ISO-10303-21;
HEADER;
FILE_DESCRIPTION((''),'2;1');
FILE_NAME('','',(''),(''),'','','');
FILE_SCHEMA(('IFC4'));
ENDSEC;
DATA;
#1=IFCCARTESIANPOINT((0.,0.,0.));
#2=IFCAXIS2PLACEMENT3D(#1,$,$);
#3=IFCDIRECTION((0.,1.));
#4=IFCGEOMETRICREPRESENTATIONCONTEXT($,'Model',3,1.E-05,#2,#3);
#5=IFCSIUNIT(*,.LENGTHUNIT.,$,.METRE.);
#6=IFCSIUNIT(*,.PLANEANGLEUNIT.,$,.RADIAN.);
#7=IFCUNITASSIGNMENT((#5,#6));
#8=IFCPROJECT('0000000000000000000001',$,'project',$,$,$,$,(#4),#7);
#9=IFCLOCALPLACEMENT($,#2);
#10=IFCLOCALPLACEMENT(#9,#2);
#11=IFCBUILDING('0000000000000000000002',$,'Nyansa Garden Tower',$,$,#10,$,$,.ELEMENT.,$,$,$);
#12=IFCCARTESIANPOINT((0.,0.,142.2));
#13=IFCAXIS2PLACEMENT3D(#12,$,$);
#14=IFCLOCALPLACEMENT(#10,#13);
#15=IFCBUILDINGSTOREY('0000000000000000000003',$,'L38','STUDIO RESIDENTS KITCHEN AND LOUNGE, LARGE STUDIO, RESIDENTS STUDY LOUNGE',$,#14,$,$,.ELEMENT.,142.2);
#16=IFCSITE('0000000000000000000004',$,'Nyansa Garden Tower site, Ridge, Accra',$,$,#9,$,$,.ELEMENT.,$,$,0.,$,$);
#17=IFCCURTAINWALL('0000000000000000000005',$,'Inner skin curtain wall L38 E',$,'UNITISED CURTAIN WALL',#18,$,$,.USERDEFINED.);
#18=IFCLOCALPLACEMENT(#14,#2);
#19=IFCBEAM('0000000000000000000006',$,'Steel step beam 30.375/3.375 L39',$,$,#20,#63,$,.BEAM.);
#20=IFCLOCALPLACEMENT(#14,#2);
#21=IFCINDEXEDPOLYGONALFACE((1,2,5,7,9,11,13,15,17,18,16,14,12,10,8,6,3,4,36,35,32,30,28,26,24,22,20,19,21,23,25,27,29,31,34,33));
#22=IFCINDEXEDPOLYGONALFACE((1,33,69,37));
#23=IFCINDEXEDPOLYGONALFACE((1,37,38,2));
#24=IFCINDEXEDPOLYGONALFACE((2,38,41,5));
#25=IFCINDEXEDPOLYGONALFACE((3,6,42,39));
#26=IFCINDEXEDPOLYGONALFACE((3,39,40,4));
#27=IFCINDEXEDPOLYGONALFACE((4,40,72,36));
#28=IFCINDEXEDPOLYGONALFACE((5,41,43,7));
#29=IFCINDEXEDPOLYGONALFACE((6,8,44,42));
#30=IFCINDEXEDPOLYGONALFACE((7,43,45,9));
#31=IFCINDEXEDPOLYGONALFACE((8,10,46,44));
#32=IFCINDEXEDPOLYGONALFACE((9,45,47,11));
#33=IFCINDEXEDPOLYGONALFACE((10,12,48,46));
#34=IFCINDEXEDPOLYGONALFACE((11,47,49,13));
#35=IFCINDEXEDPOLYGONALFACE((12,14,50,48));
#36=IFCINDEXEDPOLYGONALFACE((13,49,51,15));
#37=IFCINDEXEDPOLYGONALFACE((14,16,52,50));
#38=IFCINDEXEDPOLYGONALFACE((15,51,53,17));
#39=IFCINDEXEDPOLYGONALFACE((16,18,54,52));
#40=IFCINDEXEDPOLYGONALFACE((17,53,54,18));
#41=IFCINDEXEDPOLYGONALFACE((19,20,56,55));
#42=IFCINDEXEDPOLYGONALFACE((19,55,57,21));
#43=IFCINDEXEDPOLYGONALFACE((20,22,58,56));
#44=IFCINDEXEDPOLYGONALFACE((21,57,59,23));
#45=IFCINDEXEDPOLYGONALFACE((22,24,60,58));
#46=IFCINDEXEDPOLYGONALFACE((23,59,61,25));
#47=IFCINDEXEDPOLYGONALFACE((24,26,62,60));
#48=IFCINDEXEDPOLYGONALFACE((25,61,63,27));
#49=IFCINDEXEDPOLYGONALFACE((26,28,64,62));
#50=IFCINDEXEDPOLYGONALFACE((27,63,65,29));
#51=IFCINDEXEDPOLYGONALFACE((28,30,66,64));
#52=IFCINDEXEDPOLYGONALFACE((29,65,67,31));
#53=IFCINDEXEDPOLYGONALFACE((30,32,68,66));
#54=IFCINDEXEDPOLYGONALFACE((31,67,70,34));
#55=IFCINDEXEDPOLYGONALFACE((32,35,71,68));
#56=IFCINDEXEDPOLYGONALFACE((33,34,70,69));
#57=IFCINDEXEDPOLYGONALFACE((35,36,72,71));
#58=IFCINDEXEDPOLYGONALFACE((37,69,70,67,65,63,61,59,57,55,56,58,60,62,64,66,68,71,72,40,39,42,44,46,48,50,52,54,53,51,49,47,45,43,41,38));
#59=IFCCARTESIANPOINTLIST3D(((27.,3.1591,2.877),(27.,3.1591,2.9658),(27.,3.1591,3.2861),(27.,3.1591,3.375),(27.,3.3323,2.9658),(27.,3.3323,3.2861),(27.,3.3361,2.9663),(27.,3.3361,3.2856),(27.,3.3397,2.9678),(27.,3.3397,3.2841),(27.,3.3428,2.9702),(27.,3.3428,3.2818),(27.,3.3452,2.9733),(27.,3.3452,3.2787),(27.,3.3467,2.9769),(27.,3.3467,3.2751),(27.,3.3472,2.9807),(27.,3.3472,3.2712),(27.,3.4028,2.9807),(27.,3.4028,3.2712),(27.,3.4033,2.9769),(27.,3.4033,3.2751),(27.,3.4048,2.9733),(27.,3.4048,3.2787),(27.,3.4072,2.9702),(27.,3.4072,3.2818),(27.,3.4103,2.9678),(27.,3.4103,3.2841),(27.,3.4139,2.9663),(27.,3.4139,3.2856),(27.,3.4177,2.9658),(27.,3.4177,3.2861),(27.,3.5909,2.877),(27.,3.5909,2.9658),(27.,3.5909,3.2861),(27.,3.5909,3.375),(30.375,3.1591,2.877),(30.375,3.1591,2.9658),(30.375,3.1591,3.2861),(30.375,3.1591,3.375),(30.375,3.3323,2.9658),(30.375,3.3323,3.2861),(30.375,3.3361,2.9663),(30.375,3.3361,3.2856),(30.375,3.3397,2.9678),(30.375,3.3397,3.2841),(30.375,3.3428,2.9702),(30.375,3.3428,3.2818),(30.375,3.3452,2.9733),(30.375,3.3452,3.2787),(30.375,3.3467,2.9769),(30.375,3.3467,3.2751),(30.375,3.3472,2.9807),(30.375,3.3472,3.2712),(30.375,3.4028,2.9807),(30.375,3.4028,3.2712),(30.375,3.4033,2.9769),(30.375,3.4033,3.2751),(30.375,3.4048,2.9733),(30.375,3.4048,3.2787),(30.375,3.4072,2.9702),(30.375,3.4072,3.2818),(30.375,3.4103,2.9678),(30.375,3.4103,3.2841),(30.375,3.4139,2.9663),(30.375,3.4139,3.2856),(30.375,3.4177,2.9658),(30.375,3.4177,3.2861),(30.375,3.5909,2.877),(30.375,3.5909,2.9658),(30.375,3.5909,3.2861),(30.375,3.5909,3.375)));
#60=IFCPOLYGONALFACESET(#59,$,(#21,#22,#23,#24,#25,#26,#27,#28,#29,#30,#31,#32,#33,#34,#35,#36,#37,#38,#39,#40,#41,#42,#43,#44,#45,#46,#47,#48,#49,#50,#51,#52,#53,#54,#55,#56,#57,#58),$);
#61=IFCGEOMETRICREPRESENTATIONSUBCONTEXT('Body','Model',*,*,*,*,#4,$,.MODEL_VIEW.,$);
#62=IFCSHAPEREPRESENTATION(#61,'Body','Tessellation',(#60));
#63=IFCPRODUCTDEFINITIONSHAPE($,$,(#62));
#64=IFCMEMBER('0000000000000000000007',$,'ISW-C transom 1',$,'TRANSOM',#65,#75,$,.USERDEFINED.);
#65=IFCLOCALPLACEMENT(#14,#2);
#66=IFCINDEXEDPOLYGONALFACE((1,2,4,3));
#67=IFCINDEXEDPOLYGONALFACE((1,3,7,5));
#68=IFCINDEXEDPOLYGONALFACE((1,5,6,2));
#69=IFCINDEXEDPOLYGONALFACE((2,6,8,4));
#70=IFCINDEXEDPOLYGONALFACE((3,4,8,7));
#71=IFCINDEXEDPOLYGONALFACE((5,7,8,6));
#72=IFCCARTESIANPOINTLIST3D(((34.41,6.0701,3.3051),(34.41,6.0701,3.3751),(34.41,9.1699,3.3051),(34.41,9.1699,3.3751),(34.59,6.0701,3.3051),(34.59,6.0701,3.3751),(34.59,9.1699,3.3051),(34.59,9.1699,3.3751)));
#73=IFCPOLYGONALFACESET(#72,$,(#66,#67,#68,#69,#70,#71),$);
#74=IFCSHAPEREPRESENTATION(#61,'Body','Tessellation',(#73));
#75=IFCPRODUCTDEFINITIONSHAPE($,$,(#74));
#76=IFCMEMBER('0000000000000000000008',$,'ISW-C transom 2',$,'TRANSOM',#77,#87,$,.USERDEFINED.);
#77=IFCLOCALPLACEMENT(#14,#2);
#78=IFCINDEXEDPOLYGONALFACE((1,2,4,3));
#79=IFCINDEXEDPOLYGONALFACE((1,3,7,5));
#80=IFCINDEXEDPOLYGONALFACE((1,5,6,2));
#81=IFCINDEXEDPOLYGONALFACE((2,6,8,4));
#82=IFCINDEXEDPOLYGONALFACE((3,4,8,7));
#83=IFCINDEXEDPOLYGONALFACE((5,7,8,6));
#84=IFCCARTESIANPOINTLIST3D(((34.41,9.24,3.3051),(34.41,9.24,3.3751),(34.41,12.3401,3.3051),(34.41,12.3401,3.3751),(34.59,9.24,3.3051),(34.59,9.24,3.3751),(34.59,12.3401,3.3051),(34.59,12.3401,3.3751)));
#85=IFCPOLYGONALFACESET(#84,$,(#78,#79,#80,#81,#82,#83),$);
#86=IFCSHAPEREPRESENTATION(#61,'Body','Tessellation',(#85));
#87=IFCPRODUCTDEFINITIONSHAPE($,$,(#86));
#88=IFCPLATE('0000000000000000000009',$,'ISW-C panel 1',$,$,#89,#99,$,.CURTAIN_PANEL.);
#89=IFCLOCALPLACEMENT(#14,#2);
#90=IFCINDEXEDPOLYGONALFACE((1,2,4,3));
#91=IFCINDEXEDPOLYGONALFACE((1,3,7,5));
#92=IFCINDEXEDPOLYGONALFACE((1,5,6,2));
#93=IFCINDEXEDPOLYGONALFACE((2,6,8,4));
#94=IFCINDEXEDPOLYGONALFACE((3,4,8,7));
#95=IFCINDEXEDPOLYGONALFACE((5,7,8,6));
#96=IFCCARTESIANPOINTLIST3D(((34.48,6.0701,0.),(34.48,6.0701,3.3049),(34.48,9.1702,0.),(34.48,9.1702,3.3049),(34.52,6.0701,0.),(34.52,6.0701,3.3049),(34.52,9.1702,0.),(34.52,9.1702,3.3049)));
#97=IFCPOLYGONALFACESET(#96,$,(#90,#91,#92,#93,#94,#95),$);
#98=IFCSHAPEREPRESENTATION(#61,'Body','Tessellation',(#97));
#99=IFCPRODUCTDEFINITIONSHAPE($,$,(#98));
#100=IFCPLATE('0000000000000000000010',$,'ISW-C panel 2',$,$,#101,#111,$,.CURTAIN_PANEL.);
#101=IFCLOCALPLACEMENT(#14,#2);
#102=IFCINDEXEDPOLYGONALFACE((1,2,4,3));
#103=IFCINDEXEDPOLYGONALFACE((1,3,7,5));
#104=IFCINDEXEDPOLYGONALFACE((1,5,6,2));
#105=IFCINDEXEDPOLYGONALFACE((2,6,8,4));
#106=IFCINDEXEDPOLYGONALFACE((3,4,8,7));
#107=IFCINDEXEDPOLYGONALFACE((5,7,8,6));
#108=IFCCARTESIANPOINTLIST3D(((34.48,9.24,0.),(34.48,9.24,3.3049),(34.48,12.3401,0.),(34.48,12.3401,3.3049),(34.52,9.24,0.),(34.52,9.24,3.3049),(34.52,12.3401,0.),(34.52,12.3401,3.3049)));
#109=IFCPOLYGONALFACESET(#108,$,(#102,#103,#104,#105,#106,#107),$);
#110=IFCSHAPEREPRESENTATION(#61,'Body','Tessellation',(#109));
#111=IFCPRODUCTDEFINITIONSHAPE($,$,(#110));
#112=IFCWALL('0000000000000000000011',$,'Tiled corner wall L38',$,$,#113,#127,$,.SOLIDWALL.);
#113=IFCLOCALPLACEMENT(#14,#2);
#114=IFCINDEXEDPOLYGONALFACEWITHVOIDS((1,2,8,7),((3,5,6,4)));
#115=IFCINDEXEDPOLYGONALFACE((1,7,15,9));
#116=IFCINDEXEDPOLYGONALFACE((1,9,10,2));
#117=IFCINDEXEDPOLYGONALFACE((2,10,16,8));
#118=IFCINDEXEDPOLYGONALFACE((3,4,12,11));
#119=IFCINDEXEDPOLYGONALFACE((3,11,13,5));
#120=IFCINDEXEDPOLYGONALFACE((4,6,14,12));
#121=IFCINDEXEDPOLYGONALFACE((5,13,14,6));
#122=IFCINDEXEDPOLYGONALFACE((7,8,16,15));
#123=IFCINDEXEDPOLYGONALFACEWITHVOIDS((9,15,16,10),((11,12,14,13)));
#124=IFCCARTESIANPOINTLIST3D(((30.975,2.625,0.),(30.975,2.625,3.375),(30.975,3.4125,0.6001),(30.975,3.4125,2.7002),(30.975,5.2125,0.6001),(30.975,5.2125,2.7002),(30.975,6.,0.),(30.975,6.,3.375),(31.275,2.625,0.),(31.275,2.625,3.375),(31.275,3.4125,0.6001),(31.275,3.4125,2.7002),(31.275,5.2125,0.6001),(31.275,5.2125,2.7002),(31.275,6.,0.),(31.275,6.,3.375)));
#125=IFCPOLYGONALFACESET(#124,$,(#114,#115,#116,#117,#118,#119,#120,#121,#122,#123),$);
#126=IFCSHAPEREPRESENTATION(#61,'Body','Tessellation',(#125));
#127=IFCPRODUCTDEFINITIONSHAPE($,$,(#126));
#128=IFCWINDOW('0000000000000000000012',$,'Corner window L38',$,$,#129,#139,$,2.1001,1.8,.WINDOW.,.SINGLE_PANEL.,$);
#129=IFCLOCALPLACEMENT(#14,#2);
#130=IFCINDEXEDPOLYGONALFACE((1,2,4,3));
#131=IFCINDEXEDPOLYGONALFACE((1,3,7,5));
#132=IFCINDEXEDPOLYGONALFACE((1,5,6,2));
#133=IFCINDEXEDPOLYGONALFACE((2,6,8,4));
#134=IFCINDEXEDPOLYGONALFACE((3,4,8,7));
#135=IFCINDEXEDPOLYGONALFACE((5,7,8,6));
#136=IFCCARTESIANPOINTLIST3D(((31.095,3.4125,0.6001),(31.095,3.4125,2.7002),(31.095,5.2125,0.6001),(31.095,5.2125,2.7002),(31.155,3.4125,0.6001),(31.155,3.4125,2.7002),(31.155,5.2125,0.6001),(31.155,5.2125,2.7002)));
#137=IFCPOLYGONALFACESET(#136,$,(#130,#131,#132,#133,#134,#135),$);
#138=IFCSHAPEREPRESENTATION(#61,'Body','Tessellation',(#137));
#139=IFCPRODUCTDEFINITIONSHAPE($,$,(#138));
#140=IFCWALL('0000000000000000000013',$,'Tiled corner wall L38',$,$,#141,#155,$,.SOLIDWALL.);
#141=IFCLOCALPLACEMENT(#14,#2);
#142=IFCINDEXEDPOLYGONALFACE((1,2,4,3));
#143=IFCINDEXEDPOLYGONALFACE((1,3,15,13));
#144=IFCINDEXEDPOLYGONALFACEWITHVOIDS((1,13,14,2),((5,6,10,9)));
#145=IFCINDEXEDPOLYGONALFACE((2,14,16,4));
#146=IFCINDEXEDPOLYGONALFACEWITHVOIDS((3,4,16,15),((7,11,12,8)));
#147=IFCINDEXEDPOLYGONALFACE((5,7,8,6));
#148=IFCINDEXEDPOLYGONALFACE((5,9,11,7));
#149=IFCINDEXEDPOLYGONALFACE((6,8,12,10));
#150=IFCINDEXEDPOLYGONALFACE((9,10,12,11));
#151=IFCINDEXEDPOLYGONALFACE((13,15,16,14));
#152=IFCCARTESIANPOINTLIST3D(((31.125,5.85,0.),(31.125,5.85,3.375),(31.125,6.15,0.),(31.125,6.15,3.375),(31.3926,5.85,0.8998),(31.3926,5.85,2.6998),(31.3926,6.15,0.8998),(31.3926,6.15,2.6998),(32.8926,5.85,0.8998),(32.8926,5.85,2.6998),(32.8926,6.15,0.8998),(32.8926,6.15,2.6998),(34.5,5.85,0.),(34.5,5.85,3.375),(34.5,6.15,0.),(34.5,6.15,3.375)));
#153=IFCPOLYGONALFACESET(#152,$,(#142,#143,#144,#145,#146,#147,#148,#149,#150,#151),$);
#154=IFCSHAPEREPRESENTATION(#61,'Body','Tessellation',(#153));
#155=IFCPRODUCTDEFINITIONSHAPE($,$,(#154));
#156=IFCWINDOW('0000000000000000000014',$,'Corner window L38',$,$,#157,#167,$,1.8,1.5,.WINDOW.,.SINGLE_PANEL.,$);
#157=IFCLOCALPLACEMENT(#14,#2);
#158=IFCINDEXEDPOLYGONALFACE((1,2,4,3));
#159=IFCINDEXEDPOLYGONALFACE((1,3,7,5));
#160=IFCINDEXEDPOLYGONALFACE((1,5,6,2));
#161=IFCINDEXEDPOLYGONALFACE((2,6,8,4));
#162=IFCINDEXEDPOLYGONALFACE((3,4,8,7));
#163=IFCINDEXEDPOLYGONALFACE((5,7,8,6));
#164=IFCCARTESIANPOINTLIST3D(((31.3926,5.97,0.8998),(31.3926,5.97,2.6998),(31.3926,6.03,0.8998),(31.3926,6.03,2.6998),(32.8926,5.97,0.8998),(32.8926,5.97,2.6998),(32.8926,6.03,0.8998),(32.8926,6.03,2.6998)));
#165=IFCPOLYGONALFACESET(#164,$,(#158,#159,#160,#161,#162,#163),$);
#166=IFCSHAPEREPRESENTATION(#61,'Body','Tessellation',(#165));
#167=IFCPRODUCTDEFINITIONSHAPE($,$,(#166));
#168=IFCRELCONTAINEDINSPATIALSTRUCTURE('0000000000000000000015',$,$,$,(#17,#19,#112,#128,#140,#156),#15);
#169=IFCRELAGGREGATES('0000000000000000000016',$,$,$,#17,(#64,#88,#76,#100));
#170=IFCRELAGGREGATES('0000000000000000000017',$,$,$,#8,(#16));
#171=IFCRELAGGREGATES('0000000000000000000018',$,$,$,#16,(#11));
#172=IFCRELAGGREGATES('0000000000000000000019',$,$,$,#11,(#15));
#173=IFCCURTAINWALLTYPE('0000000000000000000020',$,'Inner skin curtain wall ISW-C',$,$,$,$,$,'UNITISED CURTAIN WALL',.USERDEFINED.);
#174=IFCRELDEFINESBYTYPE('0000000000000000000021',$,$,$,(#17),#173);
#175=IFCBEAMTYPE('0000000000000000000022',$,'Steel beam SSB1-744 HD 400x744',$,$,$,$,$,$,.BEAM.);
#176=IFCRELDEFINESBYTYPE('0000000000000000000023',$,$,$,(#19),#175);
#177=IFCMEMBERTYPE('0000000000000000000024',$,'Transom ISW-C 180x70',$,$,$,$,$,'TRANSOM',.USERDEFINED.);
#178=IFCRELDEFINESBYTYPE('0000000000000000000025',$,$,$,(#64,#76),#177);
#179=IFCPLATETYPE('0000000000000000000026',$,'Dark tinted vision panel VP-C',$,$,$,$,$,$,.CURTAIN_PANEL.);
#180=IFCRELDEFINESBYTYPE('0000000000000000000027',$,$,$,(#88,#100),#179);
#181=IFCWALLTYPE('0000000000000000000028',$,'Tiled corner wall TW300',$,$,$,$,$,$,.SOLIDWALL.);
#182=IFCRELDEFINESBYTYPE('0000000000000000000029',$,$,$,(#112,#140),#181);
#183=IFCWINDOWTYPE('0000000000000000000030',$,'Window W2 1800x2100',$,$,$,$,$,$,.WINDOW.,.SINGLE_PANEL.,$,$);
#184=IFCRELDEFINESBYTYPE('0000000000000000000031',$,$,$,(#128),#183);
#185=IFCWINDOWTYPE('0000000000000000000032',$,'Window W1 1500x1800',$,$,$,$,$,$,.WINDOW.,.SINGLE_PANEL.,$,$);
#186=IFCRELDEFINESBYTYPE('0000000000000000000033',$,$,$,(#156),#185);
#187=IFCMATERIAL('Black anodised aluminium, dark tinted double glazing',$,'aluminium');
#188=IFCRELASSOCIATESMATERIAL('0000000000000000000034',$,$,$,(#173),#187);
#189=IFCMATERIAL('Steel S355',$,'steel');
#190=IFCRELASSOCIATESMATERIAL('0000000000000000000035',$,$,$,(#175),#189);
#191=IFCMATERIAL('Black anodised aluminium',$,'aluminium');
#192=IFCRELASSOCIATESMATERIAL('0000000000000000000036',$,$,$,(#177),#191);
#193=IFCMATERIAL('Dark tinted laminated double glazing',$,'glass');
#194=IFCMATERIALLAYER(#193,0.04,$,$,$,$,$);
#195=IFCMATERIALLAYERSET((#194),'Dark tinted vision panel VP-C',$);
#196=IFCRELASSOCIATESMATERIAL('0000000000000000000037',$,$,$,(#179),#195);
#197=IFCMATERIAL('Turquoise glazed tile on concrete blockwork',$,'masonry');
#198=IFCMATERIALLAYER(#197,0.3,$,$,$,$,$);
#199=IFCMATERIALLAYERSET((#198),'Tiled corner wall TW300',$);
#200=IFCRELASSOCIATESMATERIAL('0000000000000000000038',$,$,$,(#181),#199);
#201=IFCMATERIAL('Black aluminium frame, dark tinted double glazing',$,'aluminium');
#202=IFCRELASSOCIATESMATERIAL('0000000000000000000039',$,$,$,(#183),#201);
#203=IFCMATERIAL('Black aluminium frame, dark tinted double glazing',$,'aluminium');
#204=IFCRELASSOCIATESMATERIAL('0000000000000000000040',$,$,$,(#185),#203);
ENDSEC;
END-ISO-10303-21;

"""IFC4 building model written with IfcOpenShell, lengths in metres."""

from ifc_helpers import new_model, si_unit, direction, frame, frame_2d, origin, origin_2d, place, context, subcontext, project, spatial, rectangle, i_section, extrude, material, layer, layer_set, material_profile, profile_set, type_object, element, fill, aggregate, save


model = new_model("IFC4")

# Units and contexts
model_context = context("Model", 3, precision=1e-05, world=origin(), true_north=direction((0.0, 1.0)))
body_context = subcontext(model_context, "Body", "Model", "MODEL_VIEW")
ifc_project = project(units=[si_unit("LENGTHUNIT", "METRE"), si_unit("PLANEANGLEUNIT", "RADIAN")], contexts=[model_context])

# Site, building, storey
site_placement = place(None, origin())
site = spatial("IfcSite", under=ifc_project, at=site_placement, Name="Nyansa Garden Tower site, Ridge, Accra", CompositionType="ELEMENT", RefElevation=0.0)
building_placement = place(site_placement, origin())
building = spatial("IfcBuilding", under=site, at=building_placement, Name="Nyansa Garden Tower", CompositionType="ELEMENT")
storey_placement = place(building_placement, frame((0.0, 0.0, 142.2)))
storey = spatial("IfcBuildingStorey", under=building, at=storey_placement, Name="L38", Description="STUDIO RESIDENTS KITCHEN AND LOUNGE, LARGE STUDIO, RESIDENTS STUDY LOUNGE", CompositionType="ELEMENT", Elevation=142.2)

# Curtain wall
ifc_material_1 = material(Name="Black anodised aluminium, dark tinted double glazing", Category="aluminium")
curtain_wall_type = type_object("IfcCurtainWallType", Name="Inner skin curtain wall ISW-C", ElementType="UNITISED CURTAIN WALL", PredefinedType="USERDEFINED", material=ifc_material_1)
curtain_wall_placement = place(storey_placement, origin())
curtain_wall = element("IfcCurtainWall", 1, at=curtain_wall_placement, inside=storey, type_object=curtain_wall_type, Name="Inner skin curtain wall L38 E", ObjectType="UNITISED CURTAIN WALL", PredefinedType="USERDEFINED")

# Beam
ifc_material_2 = material(Name="Steel S355", Category="steel")
ifc_material_profile_1 = material_profile(ifc_material_2, i_section(OverallWidth=0.4319, OverallDepth=0.498, WebThickness=0.0557, FlangeThickness=0.0889, FilletRadius=0.0149, at=origin_2d()), Name="HD 400x744")
ifc_profile_set_1 = profile_set([ifc_material_profile_1], Name="Steel S355")
beam_type_1 = type_object("IfcBeamType", Name="Steel beam SSB1-744 HD 400x744", PredefinedType="BEAM", material=ifc_profile_set_1)
beam_placement = place(storey_placement, frame((30.375, 3.375, 3.126), z_axis=(-1.0, 0.0, 0.0), x_axis=(0.0, -1.0, 0.0)))
element("IfcBeam", 2, at=beam_placement, inside=storey, type_object=beam_type_1, Name="Steel step beam 30.375/3.375 L39", PredefinedType="BEAM", context=body_context, shape_type="SweptSolid", body=[
    extrude(i_section(OverallWidth=0.4319, OverallDepth=0.498, WebThickness=0.0557, FlangeThickness=0.0889, FilletRadius=0.0149, at=origin_2d()), origin(), (0.0, 0.0, 1.0), 3.375),
])

# Members
ifc_material_3 = material(Name="Black anodised aluminium", Category="aluminium")
ifc_material_profile_2 = material_profile(ifc_material_3, rectangle(XDim=0.1799, YDim=0.0701, at=origin_2d()), Name="Transom 180x70")
ifc_profile_set_2 = profile_set([ifc_material_profile_2], Name="Black anodised aluminium")
member_type_1 = type_object("IfcMemberType", Name="Transom ISW-C 180x70", ElementType="TRANSOM", PredefinedType="USERDEFINED", material=ifc_profile_set_2)
member_1_placement = place(storey_placement, frame((34.5, 6.0701, 3.3401), z_axis=(0.0, 1.0, 0.0), x_axis=(-1.0, 0.0, 0.0)))
member_1 = element("IfcMember", 3, at=member_1_placement, type_object=member_type_1, Name="ISW-C transom 1", ObjectType="TRANSOM", PredefinedType="USERDEFINED", context=body_context, shape_type="SweptSolid", body=[
    extrude(rectangle(XDim=0.1799, YDim=0.0701, at=origin_2d()), origin(), (0.0, 0.0, 1.0), 3.0999),
])
member_2_placement = place(storey_placement, frame((34.5, 9.24, 3.3401), z_axis=(0.0, 1.0, 0.0), x_axis=(-1.0, 0.0, 0.0)))
member_2 = element("IfcMember", 4, at=member_2_placement, type_object=member_type_1, Name="ISW-C transom 2", ObjectType="TRANSOM", PredefinedType="USERDEFINED", context=body_context, shape_type="SweptSolid", body=[
    extrude(rectangle(XDim=0.1799, YDim=0.0701, at=origin_2d()), origin(), (0.0, 0.0, 1.0), 3.1001),
])

# Plates
ifc_material_4 = material(Name="Dark tinted laminated double glazing", Category="glass")
ifc_layer_1 = layer(ifc_material_4, 0.04)
ifc_layer_set_1 = layer_set([ifc_layer_1], Name="Dark tinted vision panel VP-C")
plate_type = type_object("IfcPlateType", Name="Dark tinted vision panel VP-C", PredefinedType="CURTAIN_PANEL", material=ifc_layer_set_1)
plate_1_placement = place(storey_placement, frame((34.5, 7.6201, 0.0), z_axis=(0.0, 0.0, 1.0), x_axis=(0.0, 1.0, 0.0)))
plate_1 = element("IfcPlate", 5, at=plate_1_placement, type_object=plate_type, Name="ISW-C panel 1", PredefinedType="CURTAIN_PANEL", context=body_context, shape_type="SweptSolid", body=[
    extrude(rectangle(XDim=3.1001, YDim=0.04, at=origin_2d()), origin(), (0.0, 0.0, 1.0), 3.3049),
])
plate_2_placement = place(storey_placement, frame((34.5, 10.79, 0.0), z_axis=(0.0, 0.0, 1.0), x_axis=(0.0, 1.0, 0.0)))
plate_2 = element("IfcPlate", 6, at=plate_2_placement, type_object=plate_type, Name="ISW-C panel 2", PredefinedType="CURTAIN_PANEL", context=body_context, shape_type="SweptSolid", body=[
    extrude(rectangle(XDim=3.1001, YDim=0.04, at=origin_2d()), origin(), (0.0, 0.0, 1.0), 3.3049),
])
aggregate(curtain_wall, [member_1, plate_1, member_2, plate_2])

# Walls, openings, windows
ifc_material_5 = material(Name="Turquoise glazed tile on concrete blockwork", Category="masonry")
ifc_layer_2 = layer(ifc_material_5, 0.3)
ifc_layer_set_2 = layer_set([ifc_layer_2], Name="Tiled corner wall TW300")
wall_type = type_object("IfcWallType", Name="Tiled corner wall TW300", PredefinedType="SOLIDWALL", material=ifc_layer_set_2)
wall_1_placement = place(storey_placement, frame((31.125, 2.625, 0.0), z_axis=(0.0, 0.0, 1.0), x_axis=(0.0, 1.0, 0.0)))
wall_1 = element("IfcWall", 7, at=wall_1_placement, inside=storey, type_object=wall_type, Name="Tiled corner wall L38", PredefinedType="SOLIDWALL", context=body_context, shape_type="SweptSolid", body=[
    extrude(rectangle(XDim=3.375, YDim=0.3, at=frame_2d((1.6875, 0.0))), origin(), (0.0, 0.0, 1.0), 3.375),
])
opening_1_placement = place(wall_1_placement, frame((0.7876, 0.0, 0.6001)))
opening_1 = element("IfcOpeningElement", 8, at=opening_1_placement, cuts=wall_1, PredefinedType="OPENING", context=body_context, shape_type="SweptSolid", body=[
    extrude(rectangle(XDim=1.8, YDim=2.1001, at=frame_2d((0.8999, 1.05))), frame((0.0, 0.1599, 0.0), z_axis=(0.0, -1.0, 0.0), x_axis=(1.0, 0.0, 0.0)), (0.0, 0.0, 1.0), 0.3201),
])
ifc_material_6 = material(Name="Black aluminium frame, dark tinted double glazing", Category="aluminium")
window_type_1 = type_object("IfcWindowType", Name="Window W2 1800x2100", PartitioningType="SINGLE_PANEL", PredefinedType="WINDOW", material=ifc_material_6)
window_1_placement = place(opening_1_placement, origin())
window_1 = element("IfcWindow", 9, at=window_1_placement, inside=storey, type_object=window_type_1, Name="Corner window L38", OverallHeight=2.1001, OverallWidth=1.8, PartitioningType="SINGLE_PANEL", PredefinedType="WINDOW", context=body_context, shape_type="SweptSolid", body=[
    extrude(rectangle(XDim=1.8, YDim=2.1001, at=frame_2d((0.8999, 1.05))), frame((0.0, 0.03, 0.0), z_axis=(0.0, -1.0, 0.0), x_axis=(1.0, 0.0, 0.0)), (0.0, 0.0, 1.0), 0.0601),
])
fill(opening_1, window_1)
wall_2_placement = place(storey_placement, frame((31.125, 6.0, 0.0), z_axis=(0.0, 0.0, 1.0), x_axis=(1.0, 0.0, 0.0)))
wall_2 = element("IfcWall", 10, at=wall_2_placement, inside=storey, type_object=wall_type, Name="Tiled corner wall L38", PredefinedType="SOLIDWALL", context=body_context, shape_type="SweptSolid", body=[
    extrude(rectangle(XDim=3.375, YDim=0.3, at=frame_2d((1.6875, 0.0))), origin(), (0.0, 0.0, 1.0), 3.375),
])
opening_2_placement = place(wall_2_placement, frame((0.2676, 0.0, 0.8999)))
opening_2 = element("IfcOpeningElement", 11, at=opening_2_placement, cuts=wall_2, PredefinedType="OPENING", context=body_context, shape_type="SweptSolid", body=[
    extrude(rectangle(XDim=1.5, YDim=1.8, at=frame_2d((0.75, 0.8999))), frame((0.0, 0.1599, 0.0), z_axis=(0.0, -1.0, 0.0), x_axis=(1.0, 0.0, 0.0)), (0.0, 0.0, 1.0), 0.3201),
])
ifc_material_7 = material(Name="Black aluminium frame, dark tinted double glazing", Category="aluminium")
window_type_2 = type_object("IfcWindowType", Name="Window W1 1500x1800", PartitioningType="SINGLE_PANEL", PredefinedType="WINDOW", material=ifc_material_7)
window_2_placement = place(opening_2_placement, origin())
window_2 = element("IfcWindow", 12, at=window_2_placement, inside=storey, type_object=window_type_2, Name="Corner window L38", OverallHeight=1.8, OverallWidth=1.5, PartitioningType="SINGLE_PANEL", PredefinedType="WINDOW", context=body_context, shape_type="SweptSolid", body=[
    extrude(rectangle(XDim=1.5, YDim=1.8, at=frame_2d((0.75, 0.8999))), frame((0.0, 0.03, 0.0), z_axis=(0.0, -1.0, 0.0), x_axis=(1.0, 0.0, 0.0)), (0.0, 0.0, 1.0), 0.0601),
])
fill(opening_2, window_2)

save(model, "model.ifc")
